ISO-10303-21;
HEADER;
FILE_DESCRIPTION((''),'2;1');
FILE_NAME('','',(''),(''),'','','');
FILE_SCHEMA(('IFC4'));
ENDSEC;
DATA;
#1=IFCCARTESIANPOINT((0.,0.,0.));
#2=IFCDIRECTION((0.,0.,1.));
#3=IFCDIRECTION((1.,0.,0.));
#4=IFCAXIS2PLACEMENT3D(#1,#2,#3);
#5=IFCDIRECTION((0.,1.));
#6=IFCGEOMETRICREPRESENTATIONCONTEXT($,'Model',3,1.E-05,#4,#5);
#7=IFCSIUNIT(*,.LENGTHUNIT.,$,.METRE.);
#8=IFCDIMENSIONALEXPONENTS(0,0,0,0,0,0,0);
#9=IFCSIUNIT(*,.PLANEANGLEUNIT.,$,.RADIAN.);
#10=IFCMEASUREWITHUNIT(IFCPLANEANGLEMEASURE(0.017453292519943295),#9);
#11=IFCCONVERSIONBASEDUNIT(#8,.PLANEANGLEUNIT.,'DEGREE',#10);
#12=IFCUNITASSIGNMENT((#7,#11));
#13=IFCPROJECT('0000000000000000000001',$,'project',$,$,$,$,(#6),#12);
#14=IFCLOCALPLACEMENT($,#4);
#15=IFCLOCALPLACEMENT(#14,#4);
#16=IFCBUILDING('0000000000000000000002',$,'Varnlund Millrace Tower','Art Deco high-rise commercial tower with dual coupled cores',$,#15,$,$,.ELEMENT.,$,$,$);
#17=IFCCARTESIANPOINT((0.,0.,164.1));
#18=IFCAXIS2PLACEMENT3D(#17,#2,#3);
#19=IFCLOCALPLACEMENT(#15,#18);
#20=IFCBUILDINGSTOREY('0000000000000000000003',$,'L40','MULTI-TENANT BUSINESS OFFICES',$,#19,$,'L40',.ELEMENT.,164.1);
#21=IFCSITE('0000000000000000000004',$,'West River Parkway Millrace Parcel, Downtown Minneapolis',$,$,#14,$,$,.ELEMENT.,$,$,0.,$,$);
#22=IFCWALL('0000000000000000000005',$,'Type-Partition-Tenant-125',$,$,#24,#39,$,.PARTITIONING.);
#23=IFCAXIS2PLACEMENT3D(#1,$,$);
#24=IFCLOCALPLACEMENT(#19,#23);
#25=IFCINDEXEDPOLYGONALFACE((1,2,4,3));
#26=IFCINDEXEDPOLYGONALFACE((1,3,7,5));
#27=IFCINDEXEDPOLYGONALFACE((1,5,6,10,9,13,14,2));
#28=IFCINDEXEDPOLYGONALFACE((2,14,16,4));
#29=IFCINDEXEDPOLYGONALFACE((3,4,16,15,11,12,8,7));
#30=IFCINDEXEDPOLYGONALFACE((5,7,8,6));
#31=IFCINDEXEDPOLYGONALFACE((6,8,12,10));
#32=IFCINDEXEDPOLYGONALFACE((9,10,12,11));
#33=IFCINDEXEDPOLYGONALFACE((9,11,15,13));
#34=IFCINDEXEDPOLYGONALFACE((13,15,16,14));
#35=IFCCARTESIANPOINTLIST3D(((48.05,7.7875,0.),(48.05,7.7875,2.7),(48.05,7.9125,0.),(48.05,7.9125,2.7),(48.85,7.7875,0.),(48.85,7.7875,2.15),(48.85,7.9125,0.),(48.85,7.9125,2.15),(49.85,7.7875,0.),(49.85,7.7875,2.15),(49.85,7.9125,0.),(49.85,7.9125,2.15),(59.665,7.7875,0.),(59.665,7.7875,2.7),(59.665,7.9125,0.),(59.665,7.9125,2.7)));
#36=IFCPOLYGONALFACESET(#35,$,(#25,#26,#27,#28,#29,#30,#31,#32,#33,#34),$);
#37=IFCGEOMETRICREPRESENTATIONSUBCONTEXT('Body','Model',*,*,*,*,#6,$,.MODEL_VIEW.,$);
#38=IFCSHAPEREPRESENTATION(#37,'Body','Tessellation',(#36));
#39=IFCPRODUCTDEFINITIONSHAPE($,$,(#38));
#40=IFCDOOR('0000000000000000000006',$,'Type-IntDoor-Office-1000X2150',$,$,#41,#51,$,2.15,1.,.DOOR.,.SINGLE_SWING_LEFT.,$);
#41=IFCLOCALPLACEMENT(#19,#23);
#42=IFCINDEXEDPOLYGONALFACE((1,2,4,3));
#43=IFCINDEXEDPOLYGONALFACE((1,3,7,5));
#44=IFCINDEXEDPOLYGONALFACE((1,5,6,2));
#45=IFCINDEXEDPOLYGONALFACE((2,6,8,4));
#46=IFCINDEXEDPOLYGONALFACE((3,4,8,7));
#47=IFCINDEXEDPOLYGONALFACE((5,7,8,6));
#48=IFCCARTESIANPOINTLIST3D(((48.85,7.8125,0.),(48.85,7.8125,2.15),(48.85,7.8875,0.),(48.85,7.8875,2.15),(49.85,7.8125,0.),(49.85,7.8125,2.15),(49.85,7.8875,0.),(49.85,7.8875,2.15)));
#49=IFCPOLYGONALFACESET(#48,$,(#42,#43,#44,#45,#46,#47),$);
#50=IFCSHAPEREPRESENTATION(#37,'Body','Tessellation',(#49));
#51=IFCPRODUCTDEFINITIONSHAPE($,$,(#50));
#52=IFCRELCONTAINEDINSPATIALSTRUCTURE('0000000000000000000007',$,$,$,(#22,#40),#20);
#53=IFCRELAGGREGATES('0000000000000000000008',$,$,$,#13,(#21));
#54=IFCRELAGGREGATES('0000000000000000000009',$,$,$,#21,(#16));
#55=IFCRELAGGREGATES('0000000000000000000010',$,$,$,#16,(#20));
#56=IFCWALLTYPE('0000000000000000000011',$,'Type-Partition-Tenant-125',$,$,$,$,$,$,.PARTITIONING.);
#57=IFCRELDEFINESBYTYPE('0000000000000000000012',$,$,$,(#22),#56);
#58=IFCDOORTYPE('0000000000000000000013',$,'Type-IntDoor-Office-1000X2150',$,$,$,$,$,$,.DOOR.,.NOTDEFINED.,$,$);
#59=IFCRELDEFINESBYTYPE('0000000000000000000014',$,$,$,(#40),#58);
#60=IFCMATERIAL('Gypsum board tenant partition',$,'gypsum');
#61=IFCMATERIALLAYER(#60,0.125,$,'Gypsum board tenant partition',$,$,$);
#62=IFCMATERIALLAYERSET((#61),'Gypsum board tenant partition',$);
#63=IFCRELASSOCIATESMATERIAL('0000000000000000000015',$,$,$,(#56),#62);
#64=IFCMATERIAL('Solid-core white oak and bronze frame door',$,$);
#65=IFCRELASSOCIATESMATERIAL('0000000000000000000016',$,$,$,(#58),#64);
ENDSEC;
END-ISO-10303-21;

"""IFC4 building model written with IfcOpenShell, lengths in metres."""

from ifc_helpers import new_model, entity, si_unit, converted_unit, direction, frame, origin_with_axes, origin_2d_with_axis, place, context, subcontext, project, spatial, polyline, rectangle, outline, extrude, material, layer, layer_set, type_object, element, fill, save


model = new_model("IFC4")

# Units and contexts
model_context = context("Model", 3, precision=1e-05, world=origin_with_axes(), true_north=direction((0.0, 1.0)))
body_context = subcontext(model_context, "Body", "Model", "MODEL_VIEW")
ifc_project = project(units=[si_unit("LENGTHUNIT", "METRE"), converted_unit("PLANEANGLEUNIT", "DEGREE", entity("IfcPlaneAngleMeasure", 0.017453292519943295), si_unit("PLANEANGLEUNIT", "RADIAN"), dimensions=[0, 0, 0, 0, 0, 0, 0])], contexts=[model_context])

# Site, building, storey
site_placement = place(None, origin_with_axes())
site = spatial("IfcSite", under=ifc_project, at=site_placement, Name="West River Parkway Millrace Parcel, Downtown Minneapolis", CompositionType="ELEMENT", RefElevation=0.0)
building_placement = place(site_placement, origin_with_axes())
building = spatial("IfcBuilding", under=site, at=building_placement, Name="Varnlund Millrace Tower", Description="Art Deco high-rise commercial tower with dual coupled cores", CompositionType="ELEMENT")
storey_placement = place(building_placement, frame((0.0, 0.0, 164.1), z_axis=(0.0, 0.0, 1.0), x_axis=(1.0, 0.0, 0.0)))
storey = spatial("IfcBuildingStorey", under=building, at=storey_placement, Name="L40", Description="MULTI-TENANT BUSINESS OFFICES", LongName="L40", CompositionType="ELEMENT", Elevation=164.1)

# Wall, opening, door
ifc_material_1 = material(Name="Gypsum board tenant partition", Category="gypsum")
ifc_layer_1 = layer(ifc_material_1, 0.125, Name="Gypsum board tenant partition")
ifc_layer_set_1 = layer_set([ifc_layer_1], Name="Gypsum board tenant partition")
wall_type_1 = type_object("IfcWallType", Name="Type-Partition-Tenant-125", PredefinedType="PARTITIONING", material=ifc_layer_set_1)
wall_1_placement = place(storey_placement, frame((59.665, 7.85, 0.0), z_axis=(0.0, 0.0, 1.0), x_axis=(-1.0, 0.0, 0.0)))
wall_1 = element("IfcWall", 1, at=wall_1_placement, inside=storey, type_object=wall_type_1, Name="Type-Partition-Tenant-125", PredefinedType="PARTITIONING", context=body_context, shape_type="SweptSolid", body=[
    extrude(outline(polyline([(0.0, -0.0625), (11.615, -0.0625), (11.615, 0.0625), (0.0, 0.0625), (0.0, -0.0625)])), origin_with_axes(), (0.0, 0.0, 1.0), 2.7),
])
opening_1_placement = place(wall_1_placement, frame((10.315, 0.0, 0.0), z_axis=(0.0, 0.0, 1.0), x_axis=(1.0, 0.0, 0.0)))
opening_1 = element("IfcOpeningElement", 2, at=opening_1_placement, cuts=wall_1, PredefinedType="OPENING", context=body_context, shape_type="SweptSolid", body=[
    extrude(rectangle(XDim=1.0, YDim=0.145, at=origin_2d_with_axis()), origin_with_axes(), (0.0, 0.0, 1.0), 2.15),
])
ifc_material_2 = material(Name="Solid-core white oak and bronze frame door")
door_type_1 = type_object("IfcDoorType", Name="Type-IntDoor-Office-1000X2150", OperationType="NOTDEFINED", PredefinedType="DOOR", material=ifc_material_2)
door_1_placement = place(wall_1_placement, frame((10.315, 0.0, 0.0), z_axis=(0.0, 0.0, 1.0), x_axis=(1.0, 0.0, 0.0)))
door_1 = element("IfcDoor", 3, at=door_1_placement, inside=storey, type_object=door_type_1, Name="Type-IntDoor-Office-1000X2150", OperationType="SINGLE_SWING_LEFT", OverallHeight=2.15, OverallWidth=1.0, PredefinedType="DOOR", context=body_context, shape_type="SweptSolid", body=[
    extrude(rectangle(XDim=1.0, YDim=0.075, at=origin_2d_with_axis()), origin_with_axes(), (0.0, 0.0, 1.0), 2.15),
])
fill(opening_1, door_1)

save(model, "model.ifc")
